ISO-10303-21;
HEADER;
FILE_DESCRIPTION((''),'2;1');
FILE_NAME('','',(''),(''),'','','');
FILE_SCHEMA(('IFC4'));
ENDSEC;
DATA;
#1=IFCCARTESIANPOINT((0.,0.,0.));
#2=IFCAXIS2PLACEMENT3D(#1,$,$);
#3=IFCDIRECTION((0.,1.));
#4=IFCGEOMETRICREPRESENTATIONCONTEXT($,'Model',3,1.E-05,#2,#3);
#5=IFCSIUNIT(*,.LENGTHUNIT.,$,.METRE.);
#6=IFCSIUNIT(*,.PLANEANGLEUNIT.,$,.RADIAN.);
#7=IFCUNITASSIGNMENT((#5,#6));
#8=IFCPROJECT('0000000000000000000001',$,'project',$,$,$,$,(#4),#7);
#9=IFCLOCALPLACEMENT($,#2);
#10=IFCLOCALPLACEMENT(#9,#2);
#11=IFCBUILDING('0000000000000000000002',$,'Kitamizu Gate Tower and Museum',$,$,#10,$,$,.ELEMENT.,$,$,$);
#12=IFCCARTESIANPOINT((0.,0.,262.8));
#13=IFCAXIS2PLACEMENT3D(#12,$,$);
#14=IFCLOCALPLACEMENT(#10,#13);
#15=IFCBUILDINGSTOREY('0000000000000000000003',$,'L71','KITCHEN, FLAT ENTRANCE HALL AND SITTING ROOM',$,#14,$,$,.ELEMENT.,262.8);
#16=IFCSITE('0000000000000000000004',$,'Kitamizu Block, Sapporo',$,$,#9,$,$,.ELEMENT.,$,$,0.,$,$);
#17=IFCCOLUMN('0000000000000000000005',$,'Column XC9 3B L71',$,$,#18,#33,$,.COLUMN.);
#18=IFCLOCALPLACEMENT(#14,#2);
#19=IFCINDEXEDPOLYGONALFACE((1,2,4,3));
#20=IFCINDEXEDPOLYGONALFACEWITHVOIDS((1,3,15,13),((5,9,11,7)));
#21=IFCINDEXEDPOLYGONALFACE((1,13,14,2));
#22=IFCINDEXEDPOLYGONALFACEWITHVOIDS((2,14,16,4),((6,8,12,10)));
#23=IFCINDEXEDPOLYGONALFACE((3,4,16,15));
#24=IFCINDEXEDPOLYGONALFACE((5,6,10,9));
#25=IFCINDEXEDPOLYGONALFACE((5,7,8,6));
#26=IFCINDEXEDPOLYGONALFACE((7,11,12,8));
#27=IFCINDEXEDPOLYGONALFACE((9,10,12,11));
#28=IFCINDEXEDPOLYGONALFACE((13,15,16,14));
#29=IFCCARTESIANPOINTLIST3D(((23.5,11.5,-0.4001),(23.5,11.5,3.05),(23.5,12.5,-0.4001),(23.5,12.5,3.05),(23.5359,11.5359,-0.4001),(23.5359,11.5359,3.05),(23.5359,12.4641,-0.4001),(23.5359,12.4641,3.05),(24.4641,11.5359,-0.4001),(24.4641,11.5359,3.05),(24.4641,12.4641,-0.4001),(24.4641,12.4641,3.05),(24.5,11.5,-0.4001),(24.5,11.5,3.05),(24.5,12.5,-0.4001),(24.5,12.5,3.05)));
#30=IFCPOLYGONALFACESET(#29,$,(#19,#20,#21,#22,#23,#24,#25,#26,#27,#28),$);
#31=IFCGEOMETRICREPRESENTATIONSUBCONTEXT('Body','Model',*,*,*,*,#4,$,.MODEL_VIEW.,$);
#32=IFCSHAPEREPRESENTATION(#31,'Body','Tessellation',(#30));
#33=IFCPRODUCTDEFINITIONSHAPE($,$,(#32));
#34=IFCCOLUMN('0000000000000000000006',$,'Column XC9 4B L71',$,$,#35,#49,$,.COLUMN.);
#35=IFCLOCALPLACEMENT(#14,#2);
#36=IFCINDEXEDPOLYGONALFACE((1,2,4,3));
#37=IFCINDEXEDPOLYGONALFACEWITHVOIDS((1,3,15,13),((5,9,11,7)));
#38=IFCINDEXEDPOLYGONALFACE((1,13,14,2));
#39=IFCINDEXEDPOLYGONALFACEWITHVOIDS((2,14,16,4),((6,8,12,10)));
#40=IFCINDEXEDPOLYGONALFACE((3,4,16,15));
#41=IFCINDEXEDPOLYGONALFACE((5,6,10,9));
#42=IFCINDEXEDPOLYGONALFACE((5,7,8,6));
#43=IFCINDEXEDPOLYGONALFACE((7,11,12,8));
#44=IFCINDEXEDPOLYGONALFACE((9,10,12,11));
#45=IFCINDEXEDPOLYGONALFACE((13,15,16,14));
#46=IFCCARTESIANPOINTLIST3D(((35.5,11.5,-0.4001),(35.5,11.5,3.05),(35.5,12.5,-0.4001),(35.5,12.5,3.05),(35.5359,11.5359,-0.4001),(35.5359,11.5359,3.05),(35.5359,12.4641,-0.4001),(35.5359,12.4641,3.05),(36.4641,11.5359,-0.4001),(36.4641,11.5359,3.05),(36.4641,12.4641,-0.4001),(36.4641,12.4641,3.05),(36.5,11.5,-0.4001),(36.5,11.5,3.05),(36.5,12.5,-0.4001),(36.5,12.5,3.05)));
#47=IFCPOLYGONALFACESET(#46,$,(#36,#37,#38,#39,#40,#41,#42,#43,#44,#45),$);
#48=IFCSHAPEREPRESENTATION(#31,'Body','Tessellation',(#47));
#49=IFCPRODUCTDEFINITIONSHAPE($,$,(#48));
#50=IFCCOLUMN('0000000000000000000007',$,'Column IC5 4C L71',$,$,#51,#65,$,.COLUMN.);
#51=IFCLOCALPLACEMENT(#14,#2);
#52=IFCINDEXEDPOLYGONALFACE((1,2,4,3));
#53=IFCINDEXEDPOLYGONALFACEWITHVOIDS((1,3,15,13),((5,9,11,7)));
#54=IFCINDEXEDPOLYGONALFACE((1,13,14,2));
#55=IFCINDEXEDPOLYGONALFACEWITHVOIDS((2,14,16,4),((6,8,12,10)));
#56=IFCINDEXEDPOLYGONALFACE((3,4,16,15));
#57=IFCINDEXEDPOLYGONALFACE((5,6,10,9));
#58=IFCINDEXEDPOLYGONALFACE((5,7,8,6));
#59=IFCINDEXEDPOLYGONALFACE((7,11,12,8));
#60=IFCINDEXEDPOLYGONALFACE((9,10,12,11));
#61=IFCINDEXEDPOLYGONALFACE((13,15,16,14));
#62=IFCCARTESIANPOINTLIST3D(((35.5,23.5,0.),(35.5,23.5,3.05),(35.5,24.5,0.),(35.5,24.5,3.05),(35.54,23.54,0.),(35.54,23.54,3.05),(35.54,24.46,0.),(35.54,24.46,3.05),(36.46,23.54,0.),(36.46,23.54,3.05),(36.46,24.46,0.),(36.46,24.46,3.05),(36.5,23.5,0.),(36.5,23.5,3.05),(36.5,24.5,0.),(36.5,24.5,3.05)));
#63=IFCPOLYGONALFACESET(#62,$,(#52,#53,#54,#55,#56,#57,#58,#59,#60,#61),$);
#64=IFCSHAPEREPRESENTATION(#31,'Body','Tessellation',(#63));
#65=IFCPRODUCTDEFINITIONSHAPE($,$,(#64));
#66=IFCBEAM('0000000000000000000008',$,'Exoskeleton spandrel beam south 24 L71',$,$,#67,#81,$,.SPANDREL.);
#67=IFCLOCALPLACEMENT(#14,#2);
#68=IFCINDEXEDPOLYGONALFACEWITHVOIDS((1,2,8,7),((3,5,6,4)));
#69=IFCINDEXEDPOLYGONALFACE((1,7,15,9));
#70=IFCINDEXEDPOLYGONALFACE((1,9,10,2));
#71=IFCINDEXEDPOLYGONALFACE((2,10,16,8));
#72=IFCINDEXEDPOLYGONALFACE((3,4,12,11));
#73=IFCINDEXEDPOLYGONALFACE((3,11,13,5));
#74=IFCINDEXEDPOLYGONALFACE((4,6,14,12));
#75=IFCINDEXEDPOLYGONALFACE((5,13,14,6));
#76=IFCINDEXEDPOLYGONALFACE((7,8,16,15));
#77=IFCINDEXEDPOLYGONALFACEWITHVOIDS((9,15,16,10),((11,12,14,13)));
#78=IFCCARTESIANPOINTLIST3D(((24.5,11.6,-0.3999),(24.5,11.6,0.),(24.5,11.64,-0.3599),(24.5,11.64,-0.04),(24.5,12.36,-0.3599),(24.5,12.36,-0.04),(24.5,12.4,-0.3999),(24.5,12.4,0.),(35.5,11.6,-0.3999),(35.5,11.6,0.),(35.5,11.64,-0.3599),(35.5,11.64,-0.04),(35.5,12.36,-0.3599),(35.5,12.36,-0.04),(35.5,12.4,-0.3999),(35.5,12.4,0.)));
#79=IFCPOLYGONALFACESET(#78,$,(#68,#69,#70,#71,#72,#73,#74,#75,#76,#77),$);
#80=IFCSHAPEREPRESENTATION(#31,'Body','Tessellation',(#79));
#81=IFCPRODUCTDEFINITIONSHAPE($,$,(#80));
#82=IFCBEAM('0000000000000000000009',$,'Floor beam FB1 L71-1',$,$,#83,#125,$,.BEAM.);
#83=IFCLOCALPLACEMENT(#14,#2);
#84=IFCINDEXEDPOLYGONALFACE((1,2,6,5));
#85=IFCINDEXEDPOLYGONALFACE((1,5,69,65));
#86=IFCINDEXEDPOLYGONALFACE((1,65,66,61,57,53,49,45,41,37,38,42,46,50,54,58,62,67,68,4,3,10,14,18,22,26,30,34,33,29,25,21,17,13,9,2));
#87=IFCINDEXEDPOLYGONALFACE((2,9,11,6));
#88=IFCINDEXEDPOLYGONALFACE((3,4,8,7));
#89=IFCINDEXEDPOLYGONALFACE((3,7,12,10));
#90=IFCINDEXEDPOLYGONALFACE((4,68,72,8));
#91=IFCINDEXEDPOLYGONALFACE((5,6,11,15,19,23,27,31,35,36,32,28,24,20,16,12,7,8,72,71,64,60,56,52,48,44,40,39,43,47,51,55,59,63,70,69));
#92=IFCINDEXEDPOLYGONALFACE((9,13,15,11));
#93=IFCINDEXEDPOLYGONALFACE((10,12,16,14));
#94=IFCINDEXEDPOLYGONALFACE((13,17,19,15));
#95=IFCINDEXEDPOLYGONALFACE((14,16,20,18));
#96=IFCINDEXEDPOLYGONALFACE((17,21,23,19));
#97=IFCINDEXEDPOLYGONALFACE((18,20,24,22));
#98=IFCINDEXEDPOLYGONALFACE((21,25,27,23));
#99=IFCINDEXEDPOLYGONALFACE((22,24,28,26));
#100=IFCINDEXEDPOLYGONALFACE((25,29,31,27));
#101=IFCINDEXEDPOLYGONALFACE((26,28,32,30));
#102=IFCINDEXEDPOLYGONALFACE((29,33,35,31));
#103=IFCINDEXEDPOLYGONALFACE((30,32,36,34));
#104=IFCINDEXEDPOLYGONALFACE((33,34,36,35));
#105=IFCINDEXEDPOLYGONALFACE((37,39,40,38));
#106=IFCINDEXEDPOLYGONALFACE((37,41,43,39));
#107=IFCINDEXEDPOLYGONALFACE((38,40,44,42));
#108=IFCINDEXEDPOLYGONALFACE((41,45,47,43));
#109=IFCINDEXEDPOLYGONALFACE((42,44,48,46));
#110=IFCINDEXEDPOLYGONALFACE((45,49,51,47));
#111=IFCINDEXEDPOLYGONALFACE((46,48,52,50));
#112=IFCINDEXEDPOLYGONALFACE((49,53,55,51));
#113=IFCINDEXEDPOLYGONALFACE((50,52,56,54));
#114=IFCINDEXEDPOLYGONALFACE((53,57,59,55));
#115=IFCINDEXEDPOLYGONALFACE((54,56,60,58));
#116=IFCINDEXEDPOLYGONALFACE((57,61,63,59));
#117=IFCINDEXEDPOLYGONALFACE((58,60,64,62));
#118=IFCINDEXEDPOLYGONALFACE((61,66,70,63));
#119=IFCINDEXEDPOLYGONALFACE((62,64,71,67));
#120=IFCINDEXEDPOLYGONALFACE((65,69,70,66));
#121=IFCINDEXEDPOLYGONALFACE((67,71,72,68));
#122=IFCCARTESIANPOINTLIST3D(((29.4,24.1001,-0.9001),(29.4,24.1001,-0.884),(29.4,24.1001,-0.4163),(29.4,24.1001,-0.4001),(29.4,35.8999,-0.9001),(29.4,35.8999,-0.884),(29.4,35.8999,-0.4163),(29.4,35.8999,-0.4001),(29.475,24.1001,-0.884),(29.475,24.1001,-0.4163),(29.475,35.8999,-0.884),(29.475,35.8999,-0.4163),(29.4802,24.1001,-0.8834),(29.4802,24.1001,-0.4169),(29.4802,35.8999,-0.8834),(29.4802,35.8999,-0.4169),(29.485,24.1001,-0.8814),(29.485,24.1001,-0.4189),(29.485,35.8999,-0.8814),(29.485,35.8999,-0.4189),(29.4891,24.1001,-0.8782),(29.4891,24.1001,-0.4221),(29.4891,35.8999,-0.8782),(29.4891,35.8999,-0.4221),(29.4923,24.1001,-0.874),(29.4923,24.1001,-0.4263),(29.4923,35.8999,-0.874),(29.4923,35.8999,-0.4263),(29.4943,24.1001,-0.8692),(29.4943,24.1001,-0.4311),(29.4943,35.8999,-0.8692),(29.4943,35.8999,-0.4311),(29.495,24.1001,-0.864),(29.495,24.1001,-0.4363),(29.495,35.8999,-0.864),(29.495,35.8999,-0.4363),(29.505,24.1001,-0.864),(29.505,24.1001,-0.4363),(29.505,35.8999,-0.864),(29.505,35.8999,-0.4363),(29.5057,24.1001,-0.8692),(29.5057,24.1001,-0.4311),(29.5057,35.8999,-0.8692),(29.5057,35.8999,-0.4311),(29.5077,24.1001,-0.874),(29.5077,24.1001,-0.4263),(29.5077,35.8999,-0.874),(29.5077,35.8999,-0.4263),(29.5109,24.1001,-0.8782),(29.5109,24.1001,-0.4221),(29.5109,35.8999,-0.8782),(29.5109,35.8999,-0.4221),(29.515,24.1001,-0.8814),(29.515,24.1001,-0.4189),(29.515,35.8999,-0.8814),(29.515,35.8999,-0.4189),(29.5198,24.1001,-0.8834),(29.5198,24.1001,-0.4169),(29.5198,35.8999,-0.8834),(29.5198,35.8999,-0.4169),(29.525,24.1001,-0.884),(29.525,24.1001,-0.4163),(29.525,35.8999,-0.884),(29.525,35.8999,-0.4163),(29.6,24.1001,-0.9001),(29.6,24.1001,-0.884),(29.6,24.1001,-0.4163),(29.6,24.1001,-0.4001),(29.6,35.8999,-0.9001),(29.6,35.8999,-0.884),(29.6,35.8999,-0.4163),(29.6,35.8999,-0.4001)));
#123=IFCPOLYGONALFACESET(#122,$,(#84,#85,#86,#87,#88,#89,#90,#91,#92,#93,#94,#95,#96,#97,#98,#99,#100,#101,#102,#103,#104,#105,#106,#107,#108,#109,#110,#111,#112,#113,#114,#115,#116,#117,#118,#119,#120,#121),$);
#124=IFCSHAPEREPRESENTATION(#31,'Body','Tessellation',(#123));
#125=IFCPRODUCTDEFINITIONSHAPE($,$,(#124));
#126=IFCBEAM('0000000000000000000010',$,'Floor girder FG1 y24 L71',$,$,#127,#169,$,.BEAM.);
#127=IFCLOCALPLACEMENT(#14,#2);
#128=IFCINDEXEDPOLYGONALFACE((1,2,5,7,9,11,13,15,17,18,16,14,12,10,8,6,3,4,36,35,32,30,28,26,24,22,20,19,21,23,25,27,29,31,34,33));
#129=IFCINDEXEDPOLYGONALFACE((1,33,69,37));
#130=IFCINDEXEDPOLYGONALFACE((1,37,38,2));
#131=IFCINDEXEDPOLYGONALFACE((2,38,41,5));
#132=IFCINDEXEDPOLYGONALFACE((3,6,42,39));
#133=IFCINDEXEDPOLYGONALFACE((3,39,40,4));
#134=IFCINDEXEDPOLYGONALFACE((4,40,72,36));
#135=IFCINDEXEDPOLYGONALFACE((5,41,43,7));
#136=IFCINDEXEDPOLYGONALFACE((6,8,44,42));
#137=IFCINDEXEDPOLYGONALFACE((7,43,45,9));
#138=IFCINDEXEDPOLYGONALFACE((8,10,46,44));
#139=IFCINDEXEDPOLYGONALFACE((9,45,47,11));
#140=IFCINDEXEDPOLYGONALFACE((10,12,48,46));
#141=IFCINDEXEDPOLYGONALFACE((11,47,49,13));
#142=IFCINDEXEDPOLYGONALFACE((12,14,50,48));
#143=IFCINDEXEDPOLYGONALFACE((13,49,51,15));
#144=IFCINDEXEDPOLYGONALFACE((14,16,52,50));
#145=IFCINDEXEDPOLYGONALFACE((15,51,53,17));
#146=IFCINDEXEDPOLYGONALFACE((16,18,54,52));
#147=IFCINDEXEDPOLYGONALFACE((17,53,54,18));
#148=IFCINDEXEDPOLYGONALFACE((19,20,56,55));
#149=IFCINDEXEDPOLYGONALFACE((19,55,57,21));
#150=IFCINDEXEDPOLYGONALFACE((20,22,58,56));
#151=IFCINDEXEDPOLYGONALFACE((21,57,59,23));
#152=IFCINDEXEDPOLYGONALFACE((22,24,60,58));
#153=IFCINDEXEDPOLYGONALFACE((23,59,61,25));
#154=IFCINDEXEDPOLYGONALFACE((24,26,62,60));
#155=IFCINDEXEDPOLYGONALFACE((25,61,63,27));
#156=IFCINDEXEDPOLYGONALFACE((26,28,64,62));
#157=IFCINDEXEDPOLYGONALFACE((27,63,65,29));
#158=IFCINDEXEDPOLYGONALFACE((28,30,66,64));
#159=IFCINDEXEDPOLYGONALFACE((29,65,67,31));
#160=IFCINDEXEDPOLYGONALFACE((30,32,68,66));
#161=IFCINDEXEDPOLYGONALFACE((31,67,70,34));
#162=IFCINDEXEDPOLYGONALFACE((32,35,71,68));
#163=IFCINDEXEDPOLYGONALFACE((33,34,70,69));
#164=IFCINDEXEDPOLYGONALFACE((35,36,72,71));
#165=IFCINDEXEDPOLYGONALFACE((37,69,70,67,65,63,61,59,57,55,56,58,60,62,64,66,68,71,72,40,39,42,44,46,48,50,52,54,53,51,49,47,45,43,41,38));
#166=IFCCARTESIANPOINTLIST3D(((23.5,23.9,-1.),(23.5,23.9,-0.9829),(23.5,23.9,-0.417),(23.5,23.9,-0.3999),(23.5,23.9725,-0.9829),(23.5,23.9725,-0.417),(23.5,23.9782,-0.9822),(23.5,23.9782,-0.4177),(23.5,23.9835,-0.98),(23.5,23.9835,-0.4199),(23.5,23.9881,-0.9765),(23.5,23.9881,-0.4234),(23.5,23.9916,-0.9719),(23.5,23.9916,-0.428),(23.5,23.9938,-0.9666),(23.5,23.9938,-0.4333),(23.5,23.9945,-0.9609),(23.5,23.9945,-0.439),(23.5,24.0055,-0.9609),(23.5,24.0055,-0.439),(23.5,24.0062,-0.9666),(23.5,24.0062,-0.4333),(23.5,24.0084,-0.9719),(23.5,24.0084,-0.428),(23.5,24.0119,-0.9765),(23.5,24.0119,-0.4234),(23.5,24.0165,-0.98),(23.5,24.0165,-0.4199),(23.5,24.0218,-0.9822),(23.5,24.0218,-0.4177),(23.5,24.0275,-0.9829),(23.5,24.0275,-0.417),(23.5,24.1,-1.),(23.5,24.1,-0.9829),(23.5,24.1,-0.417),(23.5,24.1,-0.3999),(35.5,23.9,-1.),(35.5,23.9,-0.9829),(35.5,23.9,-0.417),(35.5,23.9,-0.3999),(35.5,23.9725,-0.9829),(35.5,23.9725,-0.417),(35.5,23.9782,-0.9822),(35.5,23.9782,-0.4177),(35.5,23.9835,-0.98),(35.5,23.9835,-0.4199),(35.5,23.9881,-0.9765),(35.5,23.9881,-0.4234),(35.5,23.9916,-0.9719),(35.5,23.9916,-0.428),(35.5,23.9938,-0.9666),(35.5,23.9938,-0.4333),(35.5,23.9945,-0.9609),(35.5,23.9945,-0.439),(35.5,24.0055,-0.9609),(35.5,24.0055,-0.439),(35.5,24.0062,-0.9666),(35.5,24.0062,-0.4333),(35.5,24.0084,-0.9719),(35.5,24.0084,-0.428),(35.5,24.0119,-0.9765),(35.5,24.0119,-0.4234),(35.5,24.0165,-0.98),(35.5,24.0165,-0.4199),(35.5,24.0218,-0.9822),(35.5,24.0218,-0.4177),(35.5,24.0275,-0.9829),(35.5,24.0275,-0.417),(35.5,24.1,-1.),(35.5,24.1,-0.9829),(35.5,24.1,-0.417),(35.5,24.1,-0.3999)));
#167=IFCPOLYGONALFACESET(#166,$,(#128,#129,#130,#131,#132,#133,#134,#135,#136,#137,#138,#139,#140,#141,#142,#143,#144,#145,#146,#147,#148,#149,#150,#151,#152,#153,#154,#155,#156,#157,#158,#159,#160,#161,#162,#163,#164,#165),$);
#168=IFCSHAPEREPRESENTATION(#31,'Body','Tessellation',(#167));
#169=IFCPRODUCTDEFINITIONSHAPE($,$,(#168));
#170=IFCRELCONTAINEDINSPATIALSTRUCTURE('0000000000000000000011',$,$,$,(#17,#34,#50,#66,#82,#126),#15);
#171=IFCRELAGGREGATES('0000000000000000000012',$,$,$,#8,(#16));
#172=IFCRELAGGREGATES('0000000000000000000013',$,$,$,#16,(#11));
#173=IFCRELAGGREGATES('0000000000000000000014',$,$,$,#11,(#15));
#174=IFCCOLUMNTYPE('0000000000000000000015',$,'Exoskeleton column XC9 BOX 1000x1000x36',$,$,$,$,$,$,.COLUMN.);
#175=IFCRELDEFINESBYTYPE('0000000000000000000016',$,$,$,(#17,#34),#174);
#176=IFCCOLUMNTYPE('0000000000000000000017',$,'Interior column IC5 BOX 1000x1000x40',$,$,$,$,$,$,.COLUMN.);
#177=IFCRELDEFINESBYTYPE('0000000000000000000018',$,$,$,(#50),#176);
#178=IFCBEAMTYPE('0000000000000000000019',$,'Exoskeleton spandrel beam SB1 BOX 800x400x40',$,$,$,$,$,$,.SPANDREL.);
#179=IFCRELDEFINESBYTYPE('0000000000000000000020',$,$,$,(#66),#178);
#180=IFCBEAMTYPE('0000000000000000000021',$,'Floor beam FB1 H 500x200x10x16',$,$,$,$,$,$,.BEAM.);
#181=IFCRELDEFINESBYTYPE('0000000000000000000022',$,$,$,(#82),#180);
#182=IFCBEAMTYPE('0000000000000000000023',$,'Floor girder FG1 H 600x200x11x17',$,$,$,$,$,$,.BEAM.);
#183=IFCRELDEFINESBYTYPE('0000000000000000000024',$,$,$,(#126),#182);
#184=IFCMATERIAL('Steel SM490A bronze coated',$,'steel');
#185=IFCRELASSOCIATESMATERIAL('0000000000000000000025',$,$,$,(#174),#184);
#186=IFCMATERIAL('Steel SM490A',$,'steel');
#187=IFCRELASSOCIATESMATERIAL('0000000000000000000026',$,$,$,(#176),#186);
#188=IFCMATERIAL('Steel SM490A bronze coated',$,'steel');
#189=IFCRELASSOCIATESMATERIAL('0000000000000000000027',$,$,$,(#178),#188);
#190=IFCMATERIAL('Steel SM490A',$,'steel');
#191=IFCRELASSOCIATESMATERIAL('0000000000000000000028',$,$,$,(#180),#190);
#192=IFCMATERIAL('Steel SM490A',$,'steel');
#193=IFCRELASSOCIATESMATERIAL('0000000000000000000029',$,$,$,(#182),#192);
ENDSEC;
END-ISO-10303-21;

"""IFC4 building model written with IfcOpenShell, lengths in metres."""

from ifc_helpers import new_model, si_unit, direction, frame, origin, origin_2d, place, context, subcontext, project, spatial, hollow_rectangle, i_section, extrude, material, material_profile, profile_set, type_object, element, save


model = new_model("IFC4")

# Units and contexts
model_context = context("Model", 3, precision=1e-05, world=origin(), true_north=direction((0.0, 1.0)))
body_context = subcontext(model_context, "Body", "Model", "MODEL_VIEW")
ifc_project = project(units=[si_unit("LENGTHUNIT", "METRE"), si_unit("PLANEANGLEUNIT", "RADIAN")], contexts=[model_context])

# Site, building, storey
site_placement = place(None, origin())
site = spatial("IfcSite", under=ifc_project, at=site_placement, Name="Kitamizu Block, Sapporo", CompositionType="ELEMENT", RefElevation=0.0)
building_placement = place(site_placement, origin())
building = spatial("IfcBuilding", under=site, at=building_placement, Name="Kitamizu Gate Tower and Museum", CompositionType="ELEMENT")
storey_placement = place(building_placement, frame((0.0, 0.0, 262.8)))
storey = spatial("IfcBuildingStorey", under=building, at=storey_placement, Name="L71", Description="KITCHEN, FLAT ENTRANCE HALL AND SITTING ROOM", CompositionType="ELEMENT", Elevation=262.8)

# Columns
ifc_material_1 = material(Name="Steel SM490A bronze coated", Category="steel")
ifc_material_profile_1 = material_profile(ifc_material_1, hollow_rectangle(XDim=1.0, YDim=1.0, WallThickness=0.0359, at=origin_2d()), Name="BOX 1000x1000x36")
ifc_profile_set_1 = profile_set([ifc_material_profile_1], Name="Steel SM490A bronze coated")
column_type_1 = type_object("IfcColumnType", Name="Exoskeleton column XC9 BOX 1000x1000x36", PredefinedType="COLUMN", material=ifc_profile_set_1)
for number, where, z_axis, x_axis, name in (
    (1, (24.0, 12.0, -0.4001), (0.0, 0.0, 1.0), (1.0, 0.0, 0.0), "Column XC9 3B L71"),
    (2, (36.0, 12.0, -0.4001), (0.0, 0.0, 1.0), (1.0, 0.0, 0.0), "Column XC9 4B L71"),
):
    element("IfcColumn", number, at=place(storey_placement, frame(where, z_axis=z_axis, x_axis=x_axis)), inside=storey, type_object=column_type_1, Name=name, PredefinedType="COLUMN", context=body_context, shape_type="SweptSolid", body=[
        extrude(hollow_rectangle(XDim=1.0, YDim=1.0, WallThickness=0.0359, at=origin_2d()), origin(), (0.0, 0.0, 1.0), 3.4502),
    ])
ifc_material_2 = material(Name="Steel SM490A", Category="steel")
ifc_material_profile_2 = material_profile(ifc_material_2, hollow_rectangle(XDim=1.0, YDim=1.0, WallThickness=0.04, at=origin_2d()), Name="BOX 1000x1000x40")
ifc_profile_set_2 = profile_set([ifc_material_profile_2], Name="Steel SM490A")
column_type_2 = type_object("IfcColumnType", Name="Interior column IC5 BOX 1000x1000x40", PredefinedType="COLUMN", material=ifc_profile_set_2)
column_placement = place(storey_placement, frame((36.0, 24.0, 0.0), z_axis=(0.0, 0.0, 1.0), x_axis=(1.0, 0.0, 0.0)))
element("IfcColumn", 3, at=column_placement, inside=storey, type_object=column_type_2, Name="Column IC5 4C L71", PredefinedType="COLUMN", context=body_context, shape_type="SweptSolid", body=[
    extrude(hollow_rectangle(XDim=1.0, YDim=1.0, WallThickness=0.04, at=origin_2d()), origin(), (0.0, 0.0, 1.0), 3.05),
])

# Beams
ifc_material_3 = material(Name="Steel SM490A bronze coated", Category="steel")
ifc_material_profile_3 = material_profile(ifc_material_3, hollow_rectangle(XDim=0.8, YDim=0.3999, WallThickness=0.04, at=origin_2d()), Name="BOX 800x400x40")
ifc_profile_set_3 = profile_set([ifc_material_profile_3], Name="Steel SM490A bronze coated")
beam_type_1 = type_object("IfcBeamType", Name="Exoskeleton spandrel beam SB1 BOX 800x400x40", PredefinedType="SPANDREL", material=ifc_profile_set_3)
beam_1_placement = place(storey_placement, frame((24.5, 12.0, -0.2), z_axis=(1.0, 0.0, 0.0), x_axis=(0.0, 1.0, 0.0)))
element("IfcBeam", 4, at=beam_1_placement, inside=storey, type_object=beam_type_1, Name="Exoskeleton spandrel beam south 24 L71", PredefinedType="SPANDREL", context=body_context, shape_type="SweptSolid", body=[
    extrude(hollow_rectangle(XDim=0.8, YDim=0.3999, WallThickness=0.04, at=origin_2d()), origin(), (0.0, 0.0, 1.0), 11.0),
])
ifc_material_4 = material(Name="Steel SM490A", Category="steel")
ifc_material_profile_4 = material_profile(ifc_material_4, i_section(OverallWidth=0.2, OverallDepth=0.5, WebThickness=0.01, FlangeThickness=0.0161, FilletRadius=0.02, at=origin_2d()), Name="H-500x200x10x16")
ifc_profile_set_4 = profile_set([ifc_material_profile_4], Name="Steel SM490A")
beam_type_2 = type_object("IfcBeamType", Name="Floor beam FB1 H 500x200x10x16", PredefinedType="BEAM", material=ifc_profile_set_4)
beam_2_placement = place(storey_placement, frame((29.5, 24.1001, -0.6501), z_axis=(0.0, 1.0, 0.0), x_axis=(-1.0, 0.0, 0.0)))
element("IfcBeam", 5, at=beam_2_placement, inside=storey, type_object=beam_type_2, Name="Floor beam FB1 L71-1", PredefinedType="BEAM", context=body_context, shape_type="SweptSolid", body=[
    extrude(i_section(OverallWidth=0.2, OverallDepth=0.5, WebThickness=0.01, FlangeThickness=0.0161, FilletRadius=0.02, at=origin_2d()), origin(), (0.0, 0.0, 1.0), 11.7998),
])
ifc_material_5 = material(Name="Steel SM490A", Category="steel")
ifc_material_profile_5 = material_profile(ifc_material_5, i_section(OverallWidth=0.2, OverallDepth=0.6001, WebThickness=0.011, FlangeThickness=0.0171, FilletRadius=0.022, at=origin_2d()), Name="H-600x200x11x17")
ifc_profile_set_5 = profile_set([ifc_material_profile_5], Name="Steel SM490A")
beam_type_3 = type_object("IfcBeamType", Name="Floor girder FG1 H 600x200x11x17", PredefinedType="BEAM", material=ifc_profile_set_5)
beam_3_placement = place(storey_placement, frame((23.5, 24.0, -0.7), z_axis=(1.0, 0.0, 0.0), x_axis=(0.0, 1.0, 0.0)))
element("IfcBeam", 6, at=beam_3_placement, inside=storey, type_object=beam_type_3, Name="Floor girder FG1 y24 L71", PredefinedType="BEAM", context=body_context, shape_type="SweptSolid", body=[
    extrude(i_section(OverallWidth=0.2, OverallDepth=0.6001, WebThickness=0.011, FlangeThickness=0.0171, FilletRadius=0.022, at=origin_2d()), origin(), (0.0, 0.0, 1.0), 12.0),
])

save(model, "model.ifc")
